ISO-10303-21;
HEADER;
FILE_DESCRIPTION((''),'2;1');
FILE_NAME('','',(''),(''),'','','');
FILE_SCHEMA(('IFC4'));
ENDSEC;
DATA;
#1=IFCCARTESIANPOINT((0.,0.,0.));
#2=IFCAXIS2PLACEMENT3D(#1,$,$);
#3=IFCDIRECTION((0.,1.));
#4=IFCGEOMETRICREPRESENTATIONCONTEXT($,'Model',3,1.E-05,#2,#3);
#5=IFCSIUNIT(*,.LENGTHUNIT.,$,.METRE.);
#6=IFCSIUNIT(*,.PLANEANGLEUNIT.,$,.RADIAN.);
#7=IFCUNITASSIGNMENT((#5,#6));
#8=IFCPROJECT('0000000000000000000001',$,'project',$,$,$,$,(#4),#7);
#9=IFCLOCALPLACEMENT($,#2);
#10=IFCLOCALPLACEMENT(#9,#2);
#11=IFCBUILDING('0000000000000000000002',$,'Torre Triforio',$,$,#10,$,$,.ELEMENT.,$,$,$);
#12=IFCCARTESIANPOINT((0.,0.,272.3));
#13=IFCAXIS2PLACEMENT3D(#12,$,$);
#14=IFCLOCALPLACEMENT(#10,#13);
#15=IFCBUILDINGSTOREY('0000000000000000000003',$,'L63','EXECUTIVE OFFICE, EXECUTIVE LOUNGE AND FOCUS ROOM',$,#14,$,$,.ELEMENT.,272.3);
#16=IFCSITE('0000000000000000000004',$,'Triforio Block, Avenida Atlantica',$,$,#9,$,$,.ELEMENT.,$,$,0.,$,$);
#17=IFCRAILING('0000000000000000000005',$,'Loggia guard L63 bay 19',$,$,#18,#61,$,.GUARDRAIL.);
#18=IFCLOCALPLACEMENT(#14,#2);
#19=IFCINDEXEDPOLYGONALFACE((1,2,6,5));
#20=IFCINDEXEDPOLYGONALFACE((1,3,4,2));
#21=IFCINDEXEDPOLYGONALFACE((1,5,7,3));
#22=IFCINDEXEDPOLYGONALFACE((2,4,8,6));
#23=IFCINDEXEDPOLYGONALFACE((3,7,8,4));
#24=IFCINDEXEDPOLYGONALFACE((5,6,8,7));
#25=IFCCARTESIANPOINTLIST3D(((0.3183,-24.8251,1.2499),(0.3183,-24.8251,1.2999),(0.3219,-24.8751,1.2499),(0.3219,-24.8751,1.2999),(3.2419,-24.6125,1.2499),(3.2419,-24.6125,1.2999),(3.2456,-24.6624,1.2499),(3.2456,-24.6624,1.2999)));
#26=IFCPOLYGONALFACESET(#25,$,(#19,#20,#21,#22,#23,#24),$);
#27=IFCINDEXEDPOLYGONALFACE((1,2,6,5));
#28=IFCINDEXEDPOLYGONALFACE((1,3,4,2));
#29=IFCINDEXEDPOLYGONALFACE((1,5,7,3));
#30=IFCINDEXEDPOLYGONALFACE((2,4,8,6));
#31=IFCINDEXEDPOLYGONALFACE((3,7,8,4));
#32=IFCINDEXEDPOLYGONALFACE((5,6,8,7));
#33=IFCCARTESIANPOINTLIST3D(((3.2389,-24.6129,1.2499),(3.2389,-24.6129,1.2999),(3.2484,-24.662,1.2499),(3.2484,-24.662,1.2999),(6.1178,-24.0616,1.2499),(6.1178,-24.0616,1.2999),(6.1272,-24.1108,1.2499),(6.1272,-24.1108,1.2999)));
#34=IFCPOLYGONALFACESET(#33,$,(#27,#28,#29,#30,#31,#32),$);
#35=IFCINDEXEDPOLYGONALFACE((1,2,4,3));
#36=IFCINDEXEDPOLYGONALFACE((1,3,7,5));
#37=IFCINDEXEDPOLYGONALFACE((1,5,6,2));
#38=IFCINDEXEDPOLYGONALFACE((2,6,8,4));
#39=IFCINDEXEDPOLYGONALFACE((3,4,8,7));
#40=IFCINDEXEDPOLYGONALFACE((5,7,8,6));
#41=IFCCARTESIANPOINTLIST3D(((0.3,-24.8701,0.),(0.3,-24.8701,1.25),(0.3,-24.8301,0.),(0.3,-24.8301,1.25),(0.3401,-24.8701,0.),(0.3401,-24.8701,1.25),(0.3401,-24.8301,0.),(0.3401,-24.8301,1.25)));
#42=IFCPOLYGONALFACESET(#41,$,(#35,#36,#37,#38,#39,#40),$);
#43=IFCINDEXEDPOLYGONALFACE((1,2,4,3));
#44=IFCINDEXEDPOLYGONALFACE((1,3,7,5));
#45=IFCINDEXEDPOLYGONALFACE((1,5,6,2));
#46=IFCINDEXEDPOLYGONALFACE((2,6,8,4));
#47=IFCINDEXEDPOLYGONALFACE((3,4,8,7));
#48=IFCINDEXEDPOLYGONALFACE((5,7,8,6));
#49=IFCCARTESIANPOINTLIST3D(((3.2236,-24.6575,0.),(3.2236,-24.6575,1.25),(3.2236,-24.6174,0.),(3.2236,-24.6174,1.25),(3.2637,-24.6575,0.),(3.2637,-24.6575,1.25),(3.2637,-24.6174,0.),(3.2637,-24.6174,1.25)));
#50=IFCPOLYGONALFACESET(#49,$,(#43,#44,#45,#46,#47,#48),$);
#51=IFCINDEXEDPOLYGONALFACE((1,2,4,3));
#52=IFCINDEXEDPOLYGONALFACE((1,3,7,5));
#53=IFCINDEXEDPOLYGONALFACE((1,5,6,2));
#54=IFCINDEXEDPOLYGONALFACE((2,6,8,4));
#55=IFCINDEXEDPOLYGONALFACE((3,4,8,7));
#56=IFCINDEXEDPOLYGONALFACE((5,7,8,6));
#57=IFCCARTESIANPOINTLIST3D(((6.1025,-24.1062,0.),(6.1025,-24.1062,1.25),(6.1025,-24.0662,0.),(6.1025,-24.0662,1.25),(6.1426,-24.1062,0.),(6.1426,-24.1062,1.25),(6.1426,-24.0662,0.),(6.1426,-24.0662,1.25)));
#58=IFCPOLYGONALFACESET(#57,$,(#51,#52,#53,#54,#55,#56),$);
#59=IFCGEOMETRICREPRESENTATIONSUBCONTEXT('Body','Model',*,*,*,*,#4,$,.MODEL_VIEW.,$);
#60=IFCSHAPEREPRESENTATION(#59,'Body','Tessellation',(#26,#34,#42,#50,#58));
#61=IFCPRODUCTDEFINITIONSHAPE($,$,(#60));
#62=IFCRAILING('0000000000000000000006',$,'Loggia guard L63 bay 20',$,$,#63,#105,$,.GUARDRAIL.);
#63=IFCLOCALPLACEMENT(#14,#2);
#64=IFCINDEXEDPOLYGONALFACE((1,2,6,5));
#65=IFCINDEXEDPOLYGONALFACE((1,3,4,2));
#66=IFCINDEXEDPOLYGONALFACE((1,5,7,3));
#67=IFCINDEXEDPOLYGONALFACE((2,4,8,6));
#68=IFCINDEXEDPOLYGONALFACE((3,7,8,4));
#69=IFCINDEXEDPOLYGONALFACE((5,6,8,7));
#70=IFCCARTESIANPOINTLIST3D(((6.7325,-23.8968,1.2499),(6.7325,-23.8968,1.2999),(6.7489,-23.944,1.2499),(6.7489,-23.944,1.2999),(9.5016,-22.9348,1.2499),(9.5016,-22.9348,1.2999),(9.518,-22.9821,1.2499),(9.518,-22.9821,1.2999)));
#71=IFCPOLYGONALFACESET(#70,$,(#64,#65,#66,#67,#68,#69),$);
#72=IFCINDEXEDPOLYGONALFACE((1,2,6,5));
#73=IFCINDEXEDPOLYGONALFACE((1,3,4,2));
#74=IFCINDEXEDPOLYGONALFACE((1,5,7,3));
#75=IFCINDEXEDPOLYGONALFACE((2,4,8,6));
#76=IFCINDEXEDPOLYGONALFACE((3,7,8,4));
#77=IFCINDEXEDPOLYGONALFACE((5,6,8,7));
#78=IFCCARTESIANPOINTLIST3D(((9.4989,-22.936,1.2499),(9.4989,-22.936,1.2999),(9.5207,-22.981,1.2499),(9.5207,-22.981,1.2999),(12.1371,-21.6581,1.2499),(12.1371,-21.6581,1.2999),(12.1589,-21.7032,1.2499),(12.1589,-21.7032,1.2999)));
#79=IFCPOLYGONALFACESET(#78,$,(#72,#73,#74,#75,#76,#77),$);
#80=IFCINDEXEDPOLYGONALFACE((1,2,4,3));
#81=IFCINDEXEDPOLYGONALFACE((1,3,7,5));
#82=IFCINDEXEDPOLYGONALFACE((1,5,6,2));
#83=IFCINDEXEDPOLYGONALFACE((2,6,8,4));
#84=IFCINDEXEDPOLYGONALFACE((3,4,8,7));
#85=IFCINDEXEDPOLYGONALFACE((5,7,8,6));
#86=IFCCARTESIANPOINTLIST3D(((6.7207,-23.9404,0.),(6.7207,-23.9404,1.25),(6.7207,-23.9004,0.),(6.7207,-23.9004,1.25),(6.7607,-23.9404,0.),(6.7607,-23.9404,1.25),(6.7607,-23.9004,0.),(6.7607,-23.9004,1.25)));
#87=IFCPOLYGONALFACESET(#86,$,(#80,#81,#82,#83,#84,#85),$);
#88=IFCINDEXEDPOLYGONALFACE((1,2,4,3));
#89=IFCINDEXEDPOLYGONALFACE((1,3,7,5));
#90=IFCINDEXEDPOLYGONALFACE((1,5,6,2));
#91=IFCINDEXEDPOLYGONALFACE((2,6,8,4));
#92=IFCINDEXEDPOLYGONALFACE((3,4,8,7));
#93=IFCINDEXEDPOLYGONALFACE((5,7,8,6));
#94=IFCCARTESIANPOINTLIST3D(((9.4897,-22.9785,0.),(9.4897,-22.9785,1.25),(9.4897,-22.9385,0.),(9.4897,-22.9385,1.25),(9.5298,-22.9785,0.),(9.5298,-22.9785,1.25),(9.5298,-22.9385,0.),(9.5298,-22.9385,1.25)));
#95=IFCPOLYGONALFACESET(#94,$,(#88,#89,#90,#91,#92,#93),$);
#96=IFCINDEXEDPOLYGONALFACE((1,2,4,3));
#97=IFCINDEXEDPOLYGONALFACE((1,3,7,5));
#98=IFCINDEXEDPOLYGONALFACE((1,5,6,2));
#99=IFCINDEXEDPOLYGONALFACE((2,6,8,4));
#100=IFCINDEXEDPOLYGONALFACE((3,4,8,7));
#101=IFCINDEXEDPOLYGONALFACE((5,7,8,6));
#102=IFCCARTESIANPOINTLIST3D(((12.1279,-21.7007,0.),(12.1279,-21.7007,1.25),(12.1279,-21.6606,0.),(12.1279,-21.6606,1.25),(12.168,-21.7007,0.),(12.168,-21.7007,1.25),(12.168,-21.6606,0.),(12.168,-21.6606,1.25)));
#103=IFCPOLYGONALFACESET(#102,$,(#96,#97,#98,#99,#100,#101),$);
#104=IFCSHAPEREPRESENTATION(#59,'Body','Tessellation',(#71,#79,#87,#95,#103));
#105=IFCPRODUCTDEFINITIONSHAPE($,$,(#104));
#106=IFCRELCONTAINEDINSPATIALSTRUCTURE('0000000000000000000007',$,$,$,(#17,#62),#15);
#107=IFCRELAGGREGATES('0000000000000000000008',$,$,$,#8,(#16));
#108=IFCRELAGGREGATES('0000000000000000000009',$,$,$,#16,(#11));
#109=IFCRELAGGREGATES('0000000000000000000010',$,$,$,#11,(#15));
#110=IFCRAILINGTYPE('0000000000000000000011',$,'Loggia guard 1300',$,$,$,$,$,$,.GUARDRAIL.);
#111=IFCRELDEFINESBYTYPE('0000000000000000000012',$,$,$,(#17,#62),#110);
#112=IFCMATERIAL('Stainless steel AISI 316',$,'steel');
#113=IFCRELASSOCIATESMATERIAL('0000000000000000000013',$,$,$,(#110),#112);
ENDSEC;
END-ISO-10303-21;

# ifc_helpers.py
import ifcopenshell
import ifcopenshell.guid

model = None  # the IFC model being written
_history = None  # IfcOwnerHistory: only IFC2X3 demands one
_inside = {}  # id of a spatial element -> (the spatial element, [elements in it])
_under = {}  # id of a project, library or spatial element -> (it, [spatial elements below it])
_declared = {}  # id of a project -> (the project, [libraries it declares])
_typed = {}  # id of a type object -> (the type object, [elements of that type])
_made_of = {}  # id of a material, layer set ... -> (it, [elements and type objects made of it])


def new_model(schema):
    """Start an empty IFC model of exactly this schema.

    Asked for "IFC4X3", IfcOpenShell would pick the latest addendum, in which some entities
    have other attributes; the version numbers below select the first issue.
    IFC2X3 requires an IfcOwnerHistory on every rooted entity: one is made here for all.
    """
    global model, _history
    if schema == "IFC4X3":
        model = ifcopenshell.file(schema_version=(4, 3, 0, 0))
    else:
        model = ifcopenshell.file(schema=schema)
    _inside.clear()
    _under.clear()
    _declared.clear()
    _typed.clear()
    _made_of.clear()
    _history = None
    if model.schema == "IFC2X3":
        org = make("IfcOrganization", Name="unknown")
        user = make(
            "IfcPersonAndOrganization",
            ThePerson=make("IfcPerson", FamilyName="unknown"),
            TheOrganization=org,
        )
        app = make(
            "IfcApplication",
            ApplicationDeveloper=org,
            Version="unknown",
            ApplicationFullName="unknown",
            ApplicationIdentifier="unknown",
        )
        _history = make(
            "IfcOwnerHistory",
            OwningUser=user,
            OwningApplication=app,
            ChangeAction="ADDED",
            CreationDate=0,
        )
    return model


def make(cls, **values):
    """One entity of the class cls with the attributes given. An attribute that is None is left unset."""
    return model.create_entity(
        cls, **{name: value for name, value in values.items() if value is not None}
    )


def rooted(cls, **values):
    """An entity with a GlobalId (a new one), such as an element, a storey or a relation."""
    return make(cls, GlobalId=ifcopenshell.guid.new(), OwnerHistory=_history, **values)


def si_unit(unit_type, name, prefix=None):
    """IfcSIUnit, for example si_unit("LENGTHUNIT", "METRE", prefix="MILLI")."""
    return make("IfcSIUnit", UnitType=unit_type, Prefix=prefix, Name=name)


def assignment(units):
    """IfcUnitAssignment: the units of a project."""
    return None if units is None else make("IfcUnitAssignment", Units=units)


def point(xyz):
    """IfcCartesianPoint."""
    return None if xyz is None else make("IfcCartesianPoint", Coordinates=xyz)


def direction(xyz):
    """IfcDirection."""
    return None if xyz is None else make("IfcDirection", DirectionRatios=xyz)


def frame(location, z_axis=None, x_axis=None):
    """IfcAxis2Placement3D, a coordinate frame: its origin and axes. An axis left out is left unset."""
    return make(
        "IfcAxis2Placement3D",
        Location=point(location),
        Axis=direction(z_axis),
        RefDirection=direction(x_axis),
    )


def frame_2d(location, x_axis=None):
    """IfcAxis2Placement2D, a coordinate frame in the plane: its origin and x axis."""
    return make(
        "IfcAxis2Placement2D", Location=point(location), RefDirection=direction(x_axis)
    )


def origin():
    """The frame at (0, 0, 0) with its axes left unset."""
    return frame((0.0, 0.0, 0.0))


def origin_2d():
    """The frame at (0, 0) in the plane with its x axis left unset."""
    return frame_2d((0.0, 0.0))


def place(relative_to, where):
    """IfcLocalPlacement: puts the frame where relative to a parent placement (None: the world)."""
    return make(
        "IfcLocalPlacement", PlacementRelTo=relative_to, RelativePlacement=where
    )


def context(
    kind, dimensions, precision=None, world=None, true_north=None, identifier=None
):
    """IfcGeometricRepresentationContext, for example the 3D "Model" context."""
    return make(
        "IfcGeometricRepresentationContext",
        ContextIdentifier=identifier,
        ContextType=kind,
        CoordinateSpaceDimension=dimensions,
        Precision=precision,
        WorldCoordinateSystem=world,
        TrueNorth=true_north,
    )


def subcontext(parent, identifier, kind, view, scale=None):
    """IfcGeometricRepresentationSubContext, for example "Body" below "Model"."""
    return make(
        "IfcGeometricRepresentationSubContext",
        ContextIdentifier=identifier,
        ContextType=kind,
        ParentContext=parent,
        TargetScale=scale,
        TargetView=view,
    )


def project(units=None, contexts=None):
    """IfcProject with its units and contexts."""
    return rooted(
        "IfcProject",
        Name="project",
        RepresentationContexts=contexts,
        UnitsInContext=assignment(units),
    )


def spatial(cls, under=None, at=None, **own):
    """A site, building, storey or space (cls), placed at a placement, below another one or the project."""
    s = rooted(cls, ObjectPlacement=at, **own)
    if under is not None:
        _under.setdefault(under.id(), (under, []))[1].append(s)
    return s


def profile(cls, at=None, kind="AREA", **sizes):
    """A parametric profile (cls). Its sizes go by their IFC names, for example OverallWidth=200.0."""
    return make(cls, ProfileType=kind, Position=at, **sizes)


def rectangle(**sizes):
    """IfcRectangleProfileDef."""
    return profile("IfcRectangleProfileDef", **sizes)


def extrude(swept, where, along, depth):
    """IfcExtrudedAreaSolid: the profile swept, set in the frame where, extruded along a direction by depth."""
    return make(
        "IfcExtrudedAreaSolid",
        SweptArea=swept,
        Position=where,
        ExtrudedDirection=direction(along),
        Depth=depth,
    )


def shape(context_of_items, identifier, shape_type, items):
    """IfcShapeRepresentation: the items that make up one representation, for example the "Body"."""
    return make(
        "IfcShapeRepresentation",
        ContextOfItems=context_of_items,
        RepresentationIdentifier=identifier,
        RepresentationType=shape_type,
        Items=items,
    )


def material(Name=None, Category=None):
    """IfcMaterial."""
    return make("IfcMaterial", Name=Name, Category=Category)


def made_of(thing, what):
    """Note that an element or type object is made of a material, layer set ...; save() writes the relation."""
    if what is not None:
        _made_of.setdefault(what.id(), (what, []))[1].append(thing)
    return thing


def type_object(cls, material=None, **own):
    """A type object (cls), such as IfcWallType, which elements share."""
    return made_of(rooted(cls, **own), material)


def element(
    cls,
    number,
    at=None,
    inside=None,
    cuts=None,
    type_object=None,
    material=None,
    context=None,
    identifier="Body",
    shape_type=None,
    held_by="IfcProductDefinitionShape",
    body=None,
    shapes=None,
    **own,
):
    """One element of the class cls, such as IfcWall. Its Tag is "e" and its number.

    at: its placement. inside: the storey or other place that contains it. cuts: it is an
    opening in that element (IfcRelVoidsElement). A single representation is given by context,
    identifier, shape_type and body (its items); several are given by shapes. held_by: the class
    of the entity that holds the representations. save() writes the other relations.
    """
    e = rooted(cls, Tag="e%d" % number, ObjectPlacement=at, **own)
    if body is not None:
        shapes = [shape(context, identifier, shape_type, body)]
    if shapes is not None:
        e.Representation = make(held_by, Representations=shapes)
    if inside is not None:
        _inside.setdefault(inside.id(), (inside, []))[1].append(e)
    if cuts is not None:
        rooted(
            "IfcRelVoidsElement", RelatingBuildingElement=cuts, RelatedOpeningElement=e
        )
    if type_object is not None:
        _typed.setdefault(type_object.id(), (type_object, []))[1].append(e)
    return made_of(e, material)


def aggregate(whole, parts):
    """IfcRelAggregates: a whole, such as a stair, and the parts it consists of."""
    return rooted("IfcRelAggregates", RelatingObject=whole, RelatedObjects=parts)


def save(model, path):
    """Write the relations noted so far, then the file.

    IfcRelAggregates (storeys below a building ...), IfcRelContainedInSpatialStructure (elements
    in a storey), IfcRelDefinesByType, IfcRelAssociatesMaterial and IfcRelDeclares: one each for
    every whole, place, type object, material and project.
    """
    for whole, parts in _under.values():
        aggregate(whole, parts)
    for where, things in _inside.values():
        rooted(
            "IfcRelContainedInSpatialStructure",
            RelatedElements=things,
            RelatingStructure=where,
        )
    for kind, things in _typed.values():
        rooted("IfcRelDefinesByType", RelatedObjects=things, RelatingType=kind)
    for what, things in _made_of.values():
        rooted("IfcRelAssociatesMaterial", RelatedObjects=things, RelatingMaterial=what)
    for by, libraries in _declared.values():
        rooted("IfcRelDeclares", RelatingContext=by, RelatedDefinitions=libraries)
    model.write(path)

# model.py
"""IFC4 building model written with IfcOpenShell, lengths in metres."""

from ifc_helpers import new_model, si_unit, direction, frame, origin, origin_2d, place, context, subcontext, project, spatial, rectangle, extrude, material, type_object, element, save


model = new_model("IFC4")

# Units and contexts
model_context = context("Model", 3, precision=1e-05, world=origin(), true_north=direction((0.0, 1.0)))
body_context = subcontext(model_context, "Body", "Model", "MODEL_VIEW")
ifc_project = project(units=[si_unit("LENGTHUNIT", "METRE"), si_unit("PLANEANGLEUNIT", "RADIAN")], contexts=[model_context])

# Site, building, storey
site_placement = place(None, origin())
site = spatial("IfcSite", under=ifc_project, at=site_placement, Name="Triforio Block, Avenida Atlantica", CompositionType="ELEMENT", RefElevation=0.0)
building_placement = place(site_placement, origin())
building = spatial("IfcBuilding", under=site, at=building_placement, Name="Torre Triforio", CompositionType="ELEMENT")
storey_placement = place(building_placement, frame((0.0, 0.0, 272.3)))
storey = spatial("IfcBuildingStorey", under=building, at=storey_placement, Name="L63", Description="EXECUTIVE OFFICE, EXECUTIVE LOUNGE AND FOCUS ROOM", CompositionType="ELEMENT", Elevation=272.3)

# Railings
ifc_material_1 = material(Name="Stainless steel AISI 316", Category="steel")
railing_type = type_object("IfcRailingType", Name="Loggia guard 1300", PredefinedType="GUARDRAIL", material=ifc_material_1)
railing_1_placement = place(storey_placement, frame((0.3201, -24.8501, 0.0)))
element("IfcRailing", 1, at=railing_1_placement, inside=storey, type_object=railing_type, Name="Loggia guard L63 bay 19", PredefinedType="GUARDRAIL", context=body_context, shape_type="SweptSolid", body=[
    extrude(rectangle(XDim=0.05, YDim=0.05, at=origin_2d()), frame((0.0, 0.0, 1.2749), z_axis=(0.997365, 0.072543, 0.0), x_axis=(-0.072543, 0.997365, 0.0)), (0.0, 0.0, 1.0), 2.9314),
    extrude(rectangle(XDim=0.05, YDim=0.05, at=origin_2d()), frame((2.9236, 0.2126, 1.2749), z_axis=(0.982156, 0.188069, 0.0), x_axis=(-0.188069, 0.982156, 0.0)), (0.0, 0.0, 1.0), 2.9312),
    extrude(rectangle(XDim=0.04, YDim=0.04, at=origin_2d()), origin(), (0.0, 0.0, 1.0), 1.25),
    extrude(rectangle(XDim=0.04, YDim=0.04, at=origin_2d()), frame((2.9236, 0.2126, 0.0)), (0.0, 0.0, 1.0), 1.25),
    extrude(rectangle(XDim=0.04, YDim=0.04, at=origin_2d()), frame((5.8025, 0.7639, 0.0)), (0.0, 0.0, 1.0), 1.25),
])
railing_2_placement = place(storey_placement, frame((6.7407, -23.9204, 0.0)))
element("IfcRailing", 2, at=railing_2_placement, inside=storey, type_object=railing_type, Name="Loggia guard L63 bay 20", PredefinedType="GUARDRAIL", context=body_context, shape_type="SweptSolid", body=[
    extrude(rectangle(XDim=0.05, YDim=0.05, at=origin_2d()), frame((0.0, 0.0, 1.2749), z_axis=(0.944627, 0.328146, 0.0), x_axis=(-0.328146, 0.944627, 0.0)), (0.0, 0.0, 1.0), 2.9314),
    extrude(rectangle(XDim=0.05, YDim=0.05, at=origin_2d()), frame((2.769, 0.9619, 1.2749), z_axis=(0.899986, 0.435918, 0.0), x_axis=(-0.435918, 0.899986, 0.0)), (0.0, 0.0, 1.0), 2.9314),
    extrude(rectangle(XDim=0.04, YDim=0.04, at=origin_2d()), origin(), (0.0, 0.0, 1.0), 1.25),
    extrude(rectangle(XDim=0.04, YDim=0.04, at=origin_2d()), frame((2.769, 0.9619, 0.0)), (0.0, 0.0, 1.0), 1.25),
    extrude(rectangle(XDim=0.04, YDim=0.04, at=origin_2d()), frame((5.4072, 2.2397, 0.0)), (0.0, 0.0, 1.0), 1.25),
])

save(model, "model.ifc")
